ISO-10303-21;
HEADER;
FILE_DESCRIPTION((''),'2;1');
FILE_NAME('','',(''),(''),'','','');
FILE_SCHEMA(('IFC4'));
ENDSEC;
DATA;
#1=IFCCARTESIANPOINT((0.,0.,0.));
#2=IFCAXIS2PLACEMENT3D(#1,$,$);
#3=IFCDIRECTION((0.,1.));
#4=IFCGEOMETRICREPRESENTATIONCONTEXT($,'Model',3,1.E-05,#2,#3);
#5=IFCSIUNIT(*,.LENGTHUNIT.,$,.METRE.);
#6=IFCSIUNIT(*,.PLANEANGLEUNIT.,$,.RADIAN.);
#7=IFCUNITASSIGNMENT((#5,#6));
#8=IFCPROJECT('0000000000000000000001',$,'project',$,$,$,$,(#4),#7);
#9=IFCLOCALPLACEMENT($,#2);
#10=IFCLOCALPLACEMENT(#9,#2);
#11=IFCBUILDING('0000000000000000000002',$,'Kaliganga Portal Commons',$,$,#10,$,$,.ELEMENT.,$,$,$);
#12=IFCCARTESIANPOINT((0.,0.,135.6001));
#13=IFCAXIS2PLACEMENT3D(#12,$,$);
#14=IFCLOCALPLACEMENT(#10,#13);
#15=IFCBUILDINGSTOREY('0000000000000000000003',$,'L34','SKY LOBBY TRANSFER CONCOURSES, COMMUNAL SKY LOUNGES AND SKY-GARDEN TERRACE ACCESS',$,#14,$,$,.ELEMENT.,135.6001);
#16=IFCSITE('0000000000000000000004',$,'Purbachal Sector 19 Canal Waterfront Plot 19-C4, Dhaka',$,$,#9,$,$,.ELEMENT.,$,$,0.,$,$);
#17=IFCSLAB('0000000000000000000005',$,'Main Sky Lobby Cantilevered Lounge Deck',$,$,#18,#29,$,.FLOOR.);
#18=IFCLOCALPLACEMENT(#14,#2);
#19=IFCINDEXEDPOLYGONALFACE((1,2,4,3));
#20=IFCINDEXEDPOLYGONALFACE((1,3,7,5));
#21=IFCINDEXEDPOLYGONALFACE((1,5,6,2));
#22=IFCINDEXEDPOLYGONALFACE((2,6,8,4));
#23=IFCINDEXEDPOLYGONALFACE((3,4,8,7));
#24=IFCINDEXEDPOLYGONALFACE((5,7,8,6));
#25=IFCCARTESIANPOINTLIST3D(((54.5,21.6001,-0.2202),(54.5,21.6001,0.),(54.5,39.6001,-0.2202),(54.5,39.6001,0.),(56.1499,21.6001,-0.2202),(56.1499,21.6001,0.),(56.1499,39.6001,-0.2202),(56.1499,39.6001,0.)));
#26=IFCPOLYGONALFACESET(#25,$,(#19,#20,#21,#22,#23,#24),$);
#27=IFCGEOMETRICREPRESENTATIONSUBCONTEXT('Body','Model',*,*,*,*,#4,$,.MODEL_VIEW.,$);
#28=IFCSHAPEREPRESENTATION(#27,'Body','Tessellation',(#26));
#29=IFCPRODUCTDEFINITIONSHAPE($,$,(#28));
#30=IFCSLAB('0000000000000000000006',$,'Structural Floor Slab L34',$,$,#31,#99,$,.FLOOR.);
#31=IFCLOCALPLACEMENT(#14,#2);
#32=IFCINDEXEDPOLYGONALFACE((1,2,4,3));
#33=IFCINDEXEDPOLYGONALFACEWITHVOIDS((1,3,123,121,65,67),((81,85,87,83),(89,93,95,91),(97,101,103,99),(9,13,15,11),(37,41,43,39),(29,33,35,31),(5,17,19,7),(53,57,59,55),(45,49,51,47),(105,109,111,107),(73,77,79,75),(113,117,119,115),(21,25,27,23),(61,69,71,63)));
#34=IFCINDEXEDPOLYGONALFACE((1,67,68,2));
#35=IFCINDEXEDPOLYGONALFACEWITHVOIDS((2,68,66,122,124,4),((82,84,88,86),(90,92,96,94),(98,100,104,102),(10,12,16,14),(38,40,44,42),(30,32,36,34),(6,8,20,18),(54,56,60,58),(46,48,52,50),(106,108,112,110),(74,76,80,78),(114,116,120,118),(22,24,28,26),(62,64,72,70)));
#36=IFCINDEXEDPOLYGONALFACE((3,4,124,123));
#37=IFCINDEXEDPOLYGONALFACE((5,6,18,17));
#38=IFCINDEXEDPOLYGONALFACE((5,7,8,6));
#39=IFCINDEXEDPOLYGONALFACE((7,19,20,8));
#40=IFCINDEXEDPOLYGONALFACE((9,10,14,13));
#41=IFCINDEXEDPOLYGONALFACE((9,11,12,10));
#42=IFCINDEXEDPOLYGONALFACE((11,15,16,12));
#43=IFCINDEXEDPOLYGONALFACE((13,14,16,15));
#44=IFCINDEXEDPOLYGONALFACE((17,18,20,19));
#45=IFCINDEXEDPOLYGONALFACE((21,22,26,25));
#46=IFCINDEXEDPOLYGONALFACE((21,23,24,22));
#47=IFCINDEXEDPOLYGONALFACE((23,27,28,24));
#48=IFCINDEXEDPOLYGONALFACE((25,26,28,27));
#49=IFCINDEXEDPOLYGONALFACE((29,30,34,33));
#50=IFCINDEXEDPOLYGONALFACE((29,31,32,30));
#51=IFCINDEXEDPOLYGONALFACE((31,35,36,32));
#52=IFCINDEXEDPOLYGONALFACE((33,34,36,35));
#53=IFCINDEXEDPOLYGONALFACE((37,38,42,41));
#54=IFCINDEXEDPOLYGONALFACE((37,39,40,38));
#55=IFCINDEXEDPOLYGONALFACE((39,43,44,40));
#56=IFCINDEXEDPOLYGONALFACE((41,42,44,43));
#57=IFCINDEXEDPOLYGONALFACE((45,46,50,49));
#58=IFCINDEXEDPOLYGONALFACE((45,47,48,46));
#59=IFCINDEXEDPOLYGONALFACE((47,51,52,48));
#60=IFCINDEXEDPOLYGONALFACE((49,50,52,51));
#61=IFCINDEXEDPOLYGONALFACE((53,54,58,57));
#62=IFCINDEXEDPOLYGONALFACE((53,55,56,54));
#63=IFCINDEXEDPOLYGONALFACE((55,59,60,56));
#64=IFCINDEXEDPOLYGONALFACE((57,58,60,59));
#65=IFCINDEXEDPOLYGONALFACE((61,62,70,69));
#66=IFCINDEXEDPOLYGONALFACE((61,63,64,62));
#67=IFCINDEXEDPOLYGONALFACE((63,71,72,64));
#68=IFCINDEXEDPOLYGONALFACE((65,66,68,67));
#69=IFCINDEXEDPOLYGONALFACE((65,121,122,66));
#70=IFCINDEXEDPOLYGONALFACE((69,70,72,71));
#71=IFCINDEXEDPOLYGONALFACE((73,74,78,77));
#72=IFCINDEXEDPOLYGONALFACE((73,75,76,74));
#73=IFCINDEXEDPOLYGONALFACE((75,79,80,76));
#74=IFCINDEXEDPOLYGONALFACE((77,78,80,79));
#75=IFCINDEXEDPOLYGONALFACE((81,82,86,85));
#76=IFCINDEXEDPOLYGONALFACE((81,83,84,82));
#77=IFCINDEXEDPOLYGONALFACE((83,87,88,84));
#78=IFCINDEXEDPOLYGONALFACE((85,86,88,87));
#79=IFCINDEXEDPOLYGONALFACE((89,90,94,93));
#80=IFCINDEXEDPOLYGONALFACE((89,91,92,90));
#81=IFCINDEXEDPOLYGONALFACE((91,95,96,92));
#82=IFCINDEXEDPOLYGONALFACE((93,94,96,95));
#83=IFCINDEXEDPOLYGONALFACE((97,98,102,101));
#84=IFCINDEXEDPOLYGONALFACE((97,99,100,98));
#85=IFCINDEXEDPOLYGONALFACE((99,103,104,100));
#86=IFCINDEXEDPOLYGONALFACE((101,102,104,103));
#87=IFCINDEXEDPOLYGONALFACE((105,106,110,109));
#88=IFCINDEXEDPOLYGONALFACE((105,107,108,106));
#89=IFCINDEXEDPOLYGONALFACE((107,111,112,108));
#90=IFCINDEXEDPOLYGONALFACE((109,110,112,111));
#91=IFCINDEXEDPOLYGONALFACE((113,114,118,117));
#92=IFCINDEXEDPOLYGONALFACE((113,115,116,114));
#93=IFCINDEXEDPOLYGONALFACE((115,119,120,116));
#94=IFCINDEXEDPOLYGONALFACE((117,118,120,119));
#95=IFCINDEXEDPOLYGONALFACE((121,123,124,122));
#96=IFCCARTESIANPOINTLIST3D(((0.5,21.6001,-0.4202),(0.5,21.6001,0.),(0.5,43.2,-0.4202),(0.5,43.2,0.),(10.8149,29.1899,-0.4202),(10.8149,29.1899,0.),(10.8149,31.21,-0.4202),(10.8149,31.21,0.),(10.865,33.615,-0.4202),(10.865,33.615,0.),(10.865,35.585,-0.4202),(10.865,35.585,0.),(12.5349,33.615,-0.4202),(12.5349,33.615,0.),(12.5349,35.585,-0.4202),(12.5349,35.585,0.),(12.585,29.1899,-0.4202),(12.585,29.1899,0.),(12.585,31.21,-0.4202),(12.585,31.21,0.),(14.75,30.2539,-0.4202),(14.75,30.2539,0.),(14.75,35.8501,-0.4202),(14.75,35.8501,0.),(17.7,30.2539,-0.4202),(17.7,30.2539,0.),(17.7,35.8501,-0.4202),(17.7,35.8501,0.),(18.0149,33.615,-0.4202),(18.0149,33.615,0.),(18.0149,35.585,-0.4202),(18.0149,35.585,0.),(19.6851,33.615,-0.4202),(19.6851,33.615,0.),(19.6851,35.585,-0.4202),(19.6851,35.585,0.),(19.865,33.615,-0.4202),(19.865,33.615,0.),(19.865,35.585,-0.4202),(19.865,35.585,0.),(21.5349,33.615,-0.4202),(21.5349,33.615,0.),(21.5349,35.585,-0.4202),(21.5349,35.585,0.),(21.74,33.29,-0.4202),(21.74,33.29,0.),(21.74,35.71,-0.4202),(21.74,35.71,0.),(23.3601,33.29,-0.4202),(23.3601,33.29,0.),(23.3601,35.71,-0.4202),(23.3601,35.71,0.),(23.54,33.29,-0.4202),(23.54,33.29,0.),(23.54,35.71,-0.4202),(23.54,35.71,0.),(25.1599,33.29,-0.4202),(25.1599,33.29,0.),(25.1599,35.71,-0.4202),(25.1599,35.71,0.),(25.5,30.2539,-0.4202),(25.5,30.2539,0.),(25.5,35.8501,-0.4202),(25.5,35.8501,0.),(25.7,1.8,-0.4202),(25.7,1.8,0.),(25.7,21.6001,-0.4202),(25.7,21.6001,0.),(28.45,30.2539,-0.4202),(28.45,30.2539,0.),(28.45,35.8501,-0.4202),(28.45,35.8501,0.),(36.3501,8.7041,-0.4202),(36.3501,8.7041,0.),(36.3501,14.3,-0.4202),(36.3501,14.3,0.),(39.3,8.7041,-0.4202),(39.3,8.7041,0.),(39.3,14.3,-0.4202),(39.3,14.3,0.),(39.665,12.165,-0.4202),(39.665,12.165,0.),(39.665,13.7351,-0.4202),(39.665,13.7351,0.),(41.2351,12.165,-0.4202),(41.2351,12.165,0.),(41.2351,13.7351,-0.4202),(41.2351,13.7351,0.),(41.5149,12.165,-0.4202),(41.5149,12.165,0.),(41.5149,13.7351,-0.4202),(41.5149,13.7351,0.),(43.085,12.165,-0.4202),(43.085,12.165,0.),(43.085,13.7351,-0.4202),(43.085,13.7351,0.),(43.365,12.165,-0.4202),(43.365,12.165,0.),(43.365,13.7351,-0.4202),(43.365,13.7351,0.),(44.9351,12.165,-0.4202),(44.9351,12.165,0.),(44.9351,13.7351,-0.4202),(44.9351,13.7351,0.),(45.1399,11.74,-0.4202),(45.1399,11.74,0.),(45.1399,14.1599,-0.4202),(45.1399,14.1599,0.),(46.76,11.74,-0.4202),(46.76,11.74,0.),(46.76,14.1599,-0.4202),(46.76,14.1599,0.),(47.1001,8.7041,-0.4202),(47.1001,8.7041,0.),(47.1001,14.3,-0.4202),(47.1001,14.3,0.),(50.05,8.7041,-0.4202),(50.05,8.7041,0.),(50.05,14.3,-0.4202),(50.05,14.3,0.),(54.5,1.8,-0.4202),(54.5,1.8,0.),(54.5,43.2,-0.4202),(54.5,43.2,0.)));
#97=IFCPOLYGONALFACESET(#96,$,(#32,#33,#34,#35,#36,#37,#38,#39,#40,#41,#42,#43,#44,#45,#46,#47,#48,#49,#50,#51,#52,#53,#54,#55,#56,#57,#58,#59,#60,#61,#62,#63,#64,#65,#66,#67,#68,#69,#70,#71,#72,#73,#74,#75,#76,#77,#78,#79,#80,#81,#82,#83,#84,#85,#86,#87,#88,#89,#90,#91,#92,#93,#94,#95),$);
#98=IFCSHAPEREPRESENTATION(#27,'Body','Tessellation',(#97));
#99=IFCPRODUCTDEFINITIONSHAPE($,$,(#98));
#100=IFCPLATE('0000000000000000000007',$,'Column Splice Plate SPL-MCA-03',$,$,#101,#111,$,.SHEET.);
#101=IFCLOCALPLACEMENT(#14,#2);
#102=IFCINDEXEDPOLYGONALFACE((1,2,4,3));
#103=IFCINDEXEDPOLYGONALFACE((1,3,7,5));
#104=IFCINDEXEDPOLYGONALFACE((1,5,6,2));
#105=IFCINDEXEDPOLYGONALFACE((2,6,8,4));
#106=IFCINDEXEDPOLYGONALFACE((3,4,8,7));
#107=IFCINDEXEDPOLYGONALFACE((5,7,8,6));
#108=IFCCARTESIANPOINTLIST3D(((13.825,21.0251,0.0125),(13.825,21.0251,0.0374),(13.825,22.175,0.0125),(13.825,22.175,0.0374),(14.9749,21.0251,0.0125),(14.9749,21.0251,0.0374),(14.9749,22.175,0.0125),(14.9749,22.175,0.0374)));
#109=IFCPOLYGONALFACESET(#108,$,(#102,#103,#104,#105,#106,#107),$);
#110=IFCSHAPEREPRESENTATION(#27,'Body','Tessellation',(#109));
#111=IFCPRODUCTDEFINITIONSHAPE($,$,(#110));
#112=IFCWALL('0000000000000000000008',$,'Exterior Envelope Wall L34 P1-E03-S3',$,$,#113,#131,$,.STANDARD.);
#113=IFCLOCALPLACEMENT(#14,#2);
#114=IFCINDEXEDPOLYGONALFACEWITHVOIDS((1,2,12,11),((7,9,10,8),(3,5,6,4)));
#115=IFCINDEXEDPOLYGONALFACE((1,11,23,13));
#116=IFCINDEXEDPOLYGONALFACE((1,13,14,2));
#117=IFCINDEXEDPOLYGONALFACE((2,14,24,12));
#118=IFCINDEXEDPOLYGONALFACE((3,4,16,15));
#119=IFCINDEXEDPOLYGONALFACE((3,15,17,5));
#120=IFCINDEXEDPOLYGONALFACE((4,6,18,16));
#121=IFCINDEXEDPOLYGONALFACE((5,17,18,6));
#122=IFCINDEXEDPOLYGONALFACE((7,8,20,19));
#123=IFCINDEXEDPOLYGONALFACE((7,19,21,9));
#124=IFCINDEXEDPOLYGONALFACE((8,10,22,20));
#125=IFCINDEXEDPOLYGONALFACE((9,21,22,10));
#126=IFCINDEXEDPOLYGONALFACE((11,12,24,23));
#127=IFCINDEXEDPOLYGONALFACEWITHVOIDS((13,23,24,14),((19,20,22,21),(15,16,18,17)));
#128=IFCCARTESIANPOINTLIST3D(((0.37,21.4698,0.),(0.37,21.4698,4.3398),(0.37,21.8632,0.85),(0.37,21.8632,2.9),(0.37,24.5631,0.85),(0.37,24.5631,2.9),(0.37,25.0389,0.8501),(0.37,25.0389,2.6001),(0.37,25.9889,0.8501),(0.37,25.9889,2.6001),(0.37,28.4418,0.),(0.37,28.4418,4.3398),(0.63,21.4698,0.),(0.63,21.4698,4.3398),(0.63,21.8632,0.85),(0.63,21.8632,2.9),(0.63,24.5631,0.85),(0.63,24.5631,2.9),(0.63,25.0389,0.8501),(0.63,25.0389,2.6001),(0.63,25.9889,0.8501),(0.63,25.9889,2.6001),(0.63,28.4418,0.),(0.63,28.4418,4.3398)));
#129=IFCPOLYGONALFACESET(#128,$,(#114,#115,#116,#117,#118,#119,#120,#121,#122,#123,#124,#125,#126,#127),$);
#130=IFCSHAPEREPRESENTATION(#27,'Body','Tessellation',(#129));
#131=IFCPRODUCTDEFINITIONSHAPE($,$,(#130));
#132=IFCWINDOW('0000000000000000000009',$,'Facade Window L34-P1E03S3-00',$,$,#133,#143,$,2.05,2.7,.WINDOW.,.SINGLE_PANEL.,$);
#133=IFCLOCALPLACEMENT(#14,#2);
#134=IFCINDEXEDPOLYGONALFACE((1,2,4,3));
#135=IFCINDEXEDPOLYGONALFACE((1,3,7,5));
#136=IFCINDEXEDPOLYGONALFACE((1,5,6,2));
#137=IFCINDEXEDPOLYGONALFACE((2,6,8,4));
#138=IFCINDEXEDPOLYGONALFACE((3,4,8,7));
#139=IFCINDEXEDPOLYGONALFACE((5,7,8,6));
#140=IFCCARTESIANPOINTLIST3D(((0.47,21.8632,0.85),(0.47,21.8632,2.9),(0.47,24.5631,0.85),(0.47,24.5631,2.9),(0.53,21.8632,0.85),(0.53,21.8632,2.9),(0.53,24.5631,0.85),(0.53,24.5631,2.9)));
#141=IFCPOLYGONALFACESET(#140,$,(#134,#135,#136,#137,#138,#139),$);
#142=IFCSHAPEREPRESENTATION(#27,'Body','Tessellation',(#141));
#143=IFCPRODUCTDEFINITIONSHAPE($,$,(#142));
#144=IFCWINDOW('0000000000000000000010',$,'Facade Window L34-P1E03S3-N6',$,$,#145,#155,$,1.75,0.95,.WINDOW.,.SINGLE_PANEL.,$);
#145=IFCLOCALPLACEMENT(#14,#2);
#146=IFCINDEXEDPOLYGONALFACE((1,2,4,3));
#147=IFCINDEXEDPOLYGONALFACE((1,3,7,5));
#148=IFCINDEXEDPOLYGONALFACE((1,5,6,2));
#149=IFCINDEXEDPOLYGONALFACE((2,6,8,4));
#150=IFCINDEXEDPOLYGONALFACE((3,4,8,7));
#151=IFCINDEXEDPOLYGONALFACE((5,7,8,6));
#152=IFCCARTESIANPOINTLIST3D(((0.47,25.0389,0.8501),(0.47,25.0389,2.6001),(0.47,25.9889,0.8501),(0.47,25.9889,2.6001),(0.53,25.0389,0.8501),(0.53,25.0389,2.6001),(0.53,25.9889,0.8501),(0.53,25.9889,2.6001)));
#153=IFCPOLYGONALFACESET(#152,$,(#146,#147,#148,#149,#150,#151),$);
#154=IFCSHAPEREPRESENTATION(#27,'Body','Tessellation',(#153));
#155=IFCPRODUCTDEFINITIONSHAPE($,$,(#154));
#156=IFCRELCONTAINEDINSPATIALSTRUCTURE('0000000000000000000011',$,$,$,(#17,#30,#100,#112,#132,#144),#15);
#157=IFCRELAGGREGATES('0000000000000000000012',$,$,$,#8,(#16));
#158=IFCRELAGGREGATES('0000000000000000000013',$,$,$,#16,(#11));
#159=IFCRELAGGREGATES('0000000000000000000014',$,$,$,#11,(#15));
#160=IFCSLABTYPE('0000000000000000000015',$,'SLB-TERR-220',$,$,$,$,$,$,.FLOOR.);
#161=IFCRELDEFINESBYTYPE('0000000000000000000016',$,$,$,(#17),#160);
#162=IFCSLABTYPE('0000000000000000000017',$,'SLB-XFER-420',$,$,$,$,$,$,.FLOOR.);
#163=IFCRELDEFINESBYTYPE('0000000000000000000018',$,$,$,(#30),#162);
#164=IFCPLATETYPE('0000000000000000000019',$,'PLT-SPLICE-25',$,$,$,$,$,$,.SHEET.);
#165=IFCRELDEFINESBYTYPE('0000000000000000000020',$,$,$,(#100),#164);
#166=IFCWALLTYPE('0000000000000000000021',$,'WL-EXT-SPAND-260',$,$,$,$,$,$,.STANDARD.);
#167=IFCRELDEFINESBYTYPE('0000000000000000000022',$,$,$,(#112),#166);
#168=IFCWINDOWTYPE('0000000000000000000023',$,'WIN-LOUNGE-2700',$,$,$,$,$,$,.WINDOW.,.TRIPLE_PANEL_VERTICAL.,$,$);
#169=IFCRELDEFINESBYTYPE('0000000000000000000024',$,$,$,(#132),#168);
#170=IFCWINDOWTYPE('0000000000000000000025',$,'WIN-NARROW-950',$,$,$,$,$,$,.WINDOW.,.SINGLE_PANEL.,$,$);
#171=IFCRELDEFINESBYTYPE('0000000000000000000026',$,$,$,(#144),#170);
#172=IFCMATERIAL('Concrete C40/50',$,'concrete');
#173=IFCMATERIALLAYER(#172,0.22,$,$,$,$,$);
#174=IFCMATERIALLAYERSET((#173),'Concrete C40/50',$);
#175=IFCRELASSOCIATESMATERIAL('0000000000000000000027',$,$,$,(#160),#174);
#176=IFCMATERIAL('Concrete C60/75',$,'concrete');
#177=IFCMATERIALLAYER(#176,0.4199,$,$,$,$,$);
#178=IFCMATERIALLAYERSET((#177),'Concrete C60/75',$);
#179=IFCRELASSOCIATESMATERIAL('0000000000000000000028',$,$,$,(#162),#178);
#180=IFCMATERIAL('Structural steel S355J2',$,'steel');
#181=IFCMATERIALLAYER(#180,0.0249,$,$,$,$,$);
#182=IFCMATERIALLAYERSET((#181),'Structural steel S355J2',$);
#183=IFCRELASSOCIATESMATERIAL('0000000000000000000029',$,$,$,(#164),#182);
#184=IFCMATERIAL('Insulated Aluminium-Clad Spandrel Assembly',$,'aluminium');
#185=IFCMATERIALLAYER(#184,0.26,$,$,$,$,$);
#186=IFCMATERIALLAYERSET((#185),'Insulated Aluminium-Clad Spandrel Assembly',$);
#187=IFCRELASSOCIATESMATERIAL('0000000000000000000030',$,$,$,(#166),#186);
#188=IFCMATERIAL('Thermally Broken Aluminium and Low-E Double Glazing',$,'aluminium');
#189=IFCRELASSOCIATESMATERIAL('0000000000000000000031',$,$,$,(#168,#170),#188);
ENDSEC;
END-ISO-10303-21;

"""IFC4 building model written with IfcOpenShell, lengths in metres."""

from ifc_helpers import new_model, si_unit, direction, frame, frame_2d, origin, origin_2d, place, context, subcontext, project, spatial, polyline, rectangle, outline, extrude, source, transform, mapped, material, layer, layer_set, type_object, element, fill, save


model = new_model("IFC4")

# Units and contexts
model_context = context("Model", 3, precision=1e-05, world=origin(), true_north=direction((0.0, 1.0)))
body_context = subcontext(model_context, "Body", "Model", "MODEL_VIEW")
ifc_project = project(units=[si_unit("LENGTHUNIT", "METRE"), si_unit("PLANEANGLEUNIT", "RADIAN")], contexts=[model_context])

# Site, building, storey
site_placement = place(None, origin())
site = spatial("IfcSite", under=ifc_project, at=site_placement, Name="Purbachal Sector 19 Canal Waterfront Plot 19-C4, Dhaka", CompositionType="ELEMENT", RefElevation=0.0)
building_placement = place(site_placement, origin())
building = spatial("IfcBuilding", under=site, at=building_placement, Name="Kaliganga Portal Commons", CompositionType="ELEMENT")
storey_placement = place(building_placement, frame((0.0, 0.0, 135.6001)))
storey = spatial("IfcBuildingStorey", under=building, at=storey_placement, Name="L34", Description="SKY LOBBY TRANSFER CONCOURSES, COMMUNAL SKY LOUNGES AND SKY-GARDEN TERRACE ACCESS", CompositionType="ELEMENT", Elevation=135.6001)

# Shared definitions
ifc_material_1 = material(Name="Concrete C60/75", Category="concrete")

# Shared definitions
ifc_material_2 = material(Name="Structural steel S355J2", Category="steel")

# Shared definitions
ifc_material_3 = material(Name="Concrete C40/50", Category="concrete")

# Slabs
ifc_layer_1 = layer(ifc_material_3, 0.22)
ifc_layer_set_1 = layer_set([ifc_layer_1], Name="Concrete C40/50")
slab_type_1 = type_object("IfcSlabType", Name="SLB-TERR-220", PredefinedType="FLOOR", material=ifc_layer_set_1)
slab_1_placement = place(storey_placement, frame((0.0, 0.0, -0.2202)))
element("IfcSlab", 1, at=slab_1_placement, inside=storey, type_object=slab_type_1, Name="Main Sky Lobby Cantilevered Lounge Deck", PredefinedType="FLOOR", context=body_context, shape_type="SweptSolid", body=[
    extrude(outline(polyline([(54.5, 21.6001), (56.1499, 21.6001), (56.1499, 39.6001), (54.5, 39.6001), (54.5, 21.6001)])), origin(), (0.0, 0.0, 1.0), 0.2202),
])
ifc_layer_2 = layer(ifc_material_1, 0.4199)
ifc_layer_set_2 = layer_set([ifc_layer_2], Name="Concrete C60/75")
slab_type_2 = type_object("IfcSlabType", Name="SLB-XFER-420", PredefinedType="FLOOR", material=ifc_layer_set_2)
slab_2_placement = place(storey_placement, frame((0.0, 0.0, -0.4202)))
element("IfcSlab", 2, at=slab_2_placement, inside=storey, type_object=slab_type_2, Name="Structural Floor Slab L34", PredefinedType="FLOOR", context=body_context, shape_type="SweptSolid", body=[
    extrude(outline(polyline([(25.7, 1.8), (54.5, 1.8), (54.5, 43.2), (0.5, 43.2), (0.5, 21.6001), (25.7, 21.6001), (25.7, 1.8)]), holes=[polyline([(14.75, 30.2539), (14.75, 35.8501), (17.7, 35.8501), (17.7, 30.2539), (14.75, 30.2539)]), polyline([(25.5, 30.2539), (25.5, 35.8501), (28.45, 35.8501), (28.45, 30.2539), (25.5, 30.2539)]), polyline([(36.3501, 8.7041), (36.3501, 14.3), (39.3, 14.3), (39.3, 8.7041), (36.3501, 8.7041)]), polyline([(47.1001, 8.7041), (47.1001, 14.3), (50.05, 14.3), (50.05, 8.7041), (47.1001, 8.7041)]), polyline([(18.0149, 33.615), (18.0149, 35.585), (19.6851, 35.585), (19.6851, 33.615), (18.0149, 33.615)]), polyline([(19.865, 33.615), (19.865, 35.585), (21.5349, 35.585), (21.5349, 33.615), (19.865, 33.615)]), polyline([(10.8149, 29.1899), (10.8149, 31.21), (12.585, 31.21), (12.585, 29.1899), (10.8149, 29.1899)]), polyline([(10.865, 33.615), (10.865, 35.585), (12.5349, 35.585), (12.5349, 33.615), (10.865, 33.615)]), polyline([(21.74, 33.29), (21.74, 35.71), (23.3601, 35.71), (23.3601, 33.29), (21.74, 33.29)]), polyline([(23.54, 33.29), (23.54, 35.71), (25.1599, 35.71), (25.1599, 33.29), (23.54, 33.29)]), polyline([(39.665, 12.165), (39.665, 13.7351), (41.2351, 13.7351), (41.2351, 12.165), (39.665, 12.165)]), polyline([(41.5149, 12.165), (41.5149, 13.7351), (43.085, 13.7351), (43.085, 12.165), (41.5149, 12.165)]), polyline([(43.365, 12.165), (43.365, 13.7351), (44.9351, 13.7351), (44.9351, 12.165), (43.365, 12.165)]), polyline([(45.1399, 11.74), (45.1399, 14.1599), (46.76, 14.1599), (46.76, 11.74), (45.1399, 11.74)])]), origin(), (0.0, 0.0, 1.0), 0.4202),
])

# Plate
ifc_layer_3 = layer(ifc_material_2, 0.0249)
ifc_layer_set_3 = layer_set([ifc_layer_3], Name="Structural steel S355J2")
plate_type = type_object("IfcPlateType", Name="PLT-SPLICE-25", PredefinedType="SHEET", material=ifc_layer_set_3)
shared_shape_1 = source(origin(), body_context, "Body", "SweptSolid", [
    extrude(rectangle(XDim=1.1499, YDim=1.1499, at=origin_2d()), origin(), (0.0, 0.0, 1.0), 0.0249),
])
plate_placement = place(storey_placement, frame((14.3999, 21.6001, 0.0125), z_axis=(0.0, 0.0, 1.0), x_axis=(1.0, 0.0, 0.0)))
element("IfcPlate", 3, at=plate_placement, inside=storey, type_object=plate_type, Name="Column Splice Plate SPL-MCA-03", PredefinedType="SHEET", context=body_context, shape_type="MappedRepresentation", body=[
    mapped(shared_shape_1, transform((0.0, 0.0, 0.0), x_axis=(1.0, 0.0, 0.0), y_axis=(0.0, 1.0, 0.0), z_axis=(0.0, 0.0, 1.0), scale=1.0)),
])

# Wall, openings, windows
ifc_material_4 = material(Name="Insulated Aluminium-Clad Spandrel Assembly", Category="aluminium")
ifc_layer_4 = layer(ifc_material_4, 0.26)
ifc_layer_set_4 = layer_set([ifc_layer_4], Name="Insulated Aluminium-Clad Spandrel Assembly")
wall_type_1 = type_object("IfcWallType", Name="WL-EXT-SPAND-260", PredefinedType="STANDARD", material=ifc_layer_set_4)
wall_1_placement = place(storey_placement, frame((0.5, 21.47, 0.0), z_axis=(0.0, 0.0, 1.0), x_axis=(0.0, 1.0, 0.0)))
wall_1 = element("IfcWall", 4, at=wall_1_placement, inside=storey, type_object=wall_type_1, Name="Exterior Envelope Wall L34 P1-E03-S3", PredefinedType="STANDARD", context=body_context, shape_type="SweptSolid", body=[
    extrude(rectangle(XDim=6.9719, YDim=0.26, at=frame_2d((3.4858, 0.0))), origin(), (0.0, 0.0, 1.0), 4.3398),
])
opening_1_placement = place(wall_1_placement, frame((0.3931, 0.0, 0.8501)))
opening_1 = element("IfcOpeningElement", 5, at=opening_1_placement, cuts=wall_1, PredefinedType="OPENING", context=body_context, shape_type="SweptSolid", body=[
    extrude(rectangle(XDim=2.7, YDim=2.05, at=frame_2d((1.3501, 1.0249))), frame((0.0, 0.1401, 0.0), z_axis=(0.0, -1.0, 0.0), x_axis=(1.0, 0.0, 0.0)), (0.0, 0.0, 1.0), 0.28),
])
opening_2_placement = place(wall_1_placement, frame((3.5688, 0.0, 0.8501)))
opening_2 = element("IfcOpeningElement", 6, at=opening_2_placement, cuts=wall_1, PredefinedType="OPENING", context=body_context, shape_type="SweptSolid", body=[
    extrude(rectangle(XDim=0.95, YDim=1.75, at=frame_2d((0.4751, 0.875))), frame((0.0, 0.1401, 0.0), z_axis=(0.0, -1.0, 0.0), x_axis=(1.0, 0.0, 0.0)), (0.0, 0.0, 1.0), 0.28),
])
ifc_material_5 = material(Name="Thermally Broken Aluminium and Low-E Double Glazing", Category="aluminium")
window_type_1 = type_object("IfcWindowType", Name="WIN-LOUNGE-2700", PartitioningType="TRIPLE_PANEL_VERTICAL", PredefinedType="WINDOW", material=ifc_material_5)
window_1_placement = place(opening_1_placement, origin())
window_1 = element("IfcWindow", 7, at=window_1_placement, inside=storey, type_object=window_type_1, Name="Facade Window L34-P1E03S3-00", OverallHeight=2.05, OverallWidth=2.7, PartitioningType="SINGLE_PANEL", PredefinedType="WINDOW", context=body_context, shape_type="SweptSolid", body=[
    extrude(rectangle(XDim=2.7, YDim=2.05, at=frame_2d((1.3501, 1.0249))), frame((0.0, 0.03, 0.0), z_axis=(0.0, -1.0, 0.0), x_axis=(1.0, 0.0, 0.0)), (0.0, 0.0, 1.0), 0.0601),
])
fill(opening_1, window_1)
window_type_2 = type_object("IfcWindowType", Name="WIN-NARROW-950", PartitioningType="SINGLE_PANEL", PredefinedType="WINDOW", material=ifc_material_5)
window_2_placement = place(opening_2_placement, origin())
window_2 = element("IfcWindow", 8, at=window_2_placement, inside=storey, type_object=window_type_2, Name="Facade Window L34-P1E03S3-N6", OverallHeight=1.75, OverallWidth=0.95, PartitioningType="SINGLE_PANEL", PredefinedType="WINDOW", context=body_context, shape_type="SweptSolid", body=[
    extrude(rectangle(XDim=0.95, YDim=1.75, at=frame_2d((0.4751, 0.875))), frame((0.0, 0.03, 0.0), z_axis=(0.0, -1.0, 0.0), x_axis=(1.0, 0.0, 0.0)), (0.0, 0.0, 1.0), 0.0601),
])
fill(opening_2, window_2)

save(model, "model.ifc")
